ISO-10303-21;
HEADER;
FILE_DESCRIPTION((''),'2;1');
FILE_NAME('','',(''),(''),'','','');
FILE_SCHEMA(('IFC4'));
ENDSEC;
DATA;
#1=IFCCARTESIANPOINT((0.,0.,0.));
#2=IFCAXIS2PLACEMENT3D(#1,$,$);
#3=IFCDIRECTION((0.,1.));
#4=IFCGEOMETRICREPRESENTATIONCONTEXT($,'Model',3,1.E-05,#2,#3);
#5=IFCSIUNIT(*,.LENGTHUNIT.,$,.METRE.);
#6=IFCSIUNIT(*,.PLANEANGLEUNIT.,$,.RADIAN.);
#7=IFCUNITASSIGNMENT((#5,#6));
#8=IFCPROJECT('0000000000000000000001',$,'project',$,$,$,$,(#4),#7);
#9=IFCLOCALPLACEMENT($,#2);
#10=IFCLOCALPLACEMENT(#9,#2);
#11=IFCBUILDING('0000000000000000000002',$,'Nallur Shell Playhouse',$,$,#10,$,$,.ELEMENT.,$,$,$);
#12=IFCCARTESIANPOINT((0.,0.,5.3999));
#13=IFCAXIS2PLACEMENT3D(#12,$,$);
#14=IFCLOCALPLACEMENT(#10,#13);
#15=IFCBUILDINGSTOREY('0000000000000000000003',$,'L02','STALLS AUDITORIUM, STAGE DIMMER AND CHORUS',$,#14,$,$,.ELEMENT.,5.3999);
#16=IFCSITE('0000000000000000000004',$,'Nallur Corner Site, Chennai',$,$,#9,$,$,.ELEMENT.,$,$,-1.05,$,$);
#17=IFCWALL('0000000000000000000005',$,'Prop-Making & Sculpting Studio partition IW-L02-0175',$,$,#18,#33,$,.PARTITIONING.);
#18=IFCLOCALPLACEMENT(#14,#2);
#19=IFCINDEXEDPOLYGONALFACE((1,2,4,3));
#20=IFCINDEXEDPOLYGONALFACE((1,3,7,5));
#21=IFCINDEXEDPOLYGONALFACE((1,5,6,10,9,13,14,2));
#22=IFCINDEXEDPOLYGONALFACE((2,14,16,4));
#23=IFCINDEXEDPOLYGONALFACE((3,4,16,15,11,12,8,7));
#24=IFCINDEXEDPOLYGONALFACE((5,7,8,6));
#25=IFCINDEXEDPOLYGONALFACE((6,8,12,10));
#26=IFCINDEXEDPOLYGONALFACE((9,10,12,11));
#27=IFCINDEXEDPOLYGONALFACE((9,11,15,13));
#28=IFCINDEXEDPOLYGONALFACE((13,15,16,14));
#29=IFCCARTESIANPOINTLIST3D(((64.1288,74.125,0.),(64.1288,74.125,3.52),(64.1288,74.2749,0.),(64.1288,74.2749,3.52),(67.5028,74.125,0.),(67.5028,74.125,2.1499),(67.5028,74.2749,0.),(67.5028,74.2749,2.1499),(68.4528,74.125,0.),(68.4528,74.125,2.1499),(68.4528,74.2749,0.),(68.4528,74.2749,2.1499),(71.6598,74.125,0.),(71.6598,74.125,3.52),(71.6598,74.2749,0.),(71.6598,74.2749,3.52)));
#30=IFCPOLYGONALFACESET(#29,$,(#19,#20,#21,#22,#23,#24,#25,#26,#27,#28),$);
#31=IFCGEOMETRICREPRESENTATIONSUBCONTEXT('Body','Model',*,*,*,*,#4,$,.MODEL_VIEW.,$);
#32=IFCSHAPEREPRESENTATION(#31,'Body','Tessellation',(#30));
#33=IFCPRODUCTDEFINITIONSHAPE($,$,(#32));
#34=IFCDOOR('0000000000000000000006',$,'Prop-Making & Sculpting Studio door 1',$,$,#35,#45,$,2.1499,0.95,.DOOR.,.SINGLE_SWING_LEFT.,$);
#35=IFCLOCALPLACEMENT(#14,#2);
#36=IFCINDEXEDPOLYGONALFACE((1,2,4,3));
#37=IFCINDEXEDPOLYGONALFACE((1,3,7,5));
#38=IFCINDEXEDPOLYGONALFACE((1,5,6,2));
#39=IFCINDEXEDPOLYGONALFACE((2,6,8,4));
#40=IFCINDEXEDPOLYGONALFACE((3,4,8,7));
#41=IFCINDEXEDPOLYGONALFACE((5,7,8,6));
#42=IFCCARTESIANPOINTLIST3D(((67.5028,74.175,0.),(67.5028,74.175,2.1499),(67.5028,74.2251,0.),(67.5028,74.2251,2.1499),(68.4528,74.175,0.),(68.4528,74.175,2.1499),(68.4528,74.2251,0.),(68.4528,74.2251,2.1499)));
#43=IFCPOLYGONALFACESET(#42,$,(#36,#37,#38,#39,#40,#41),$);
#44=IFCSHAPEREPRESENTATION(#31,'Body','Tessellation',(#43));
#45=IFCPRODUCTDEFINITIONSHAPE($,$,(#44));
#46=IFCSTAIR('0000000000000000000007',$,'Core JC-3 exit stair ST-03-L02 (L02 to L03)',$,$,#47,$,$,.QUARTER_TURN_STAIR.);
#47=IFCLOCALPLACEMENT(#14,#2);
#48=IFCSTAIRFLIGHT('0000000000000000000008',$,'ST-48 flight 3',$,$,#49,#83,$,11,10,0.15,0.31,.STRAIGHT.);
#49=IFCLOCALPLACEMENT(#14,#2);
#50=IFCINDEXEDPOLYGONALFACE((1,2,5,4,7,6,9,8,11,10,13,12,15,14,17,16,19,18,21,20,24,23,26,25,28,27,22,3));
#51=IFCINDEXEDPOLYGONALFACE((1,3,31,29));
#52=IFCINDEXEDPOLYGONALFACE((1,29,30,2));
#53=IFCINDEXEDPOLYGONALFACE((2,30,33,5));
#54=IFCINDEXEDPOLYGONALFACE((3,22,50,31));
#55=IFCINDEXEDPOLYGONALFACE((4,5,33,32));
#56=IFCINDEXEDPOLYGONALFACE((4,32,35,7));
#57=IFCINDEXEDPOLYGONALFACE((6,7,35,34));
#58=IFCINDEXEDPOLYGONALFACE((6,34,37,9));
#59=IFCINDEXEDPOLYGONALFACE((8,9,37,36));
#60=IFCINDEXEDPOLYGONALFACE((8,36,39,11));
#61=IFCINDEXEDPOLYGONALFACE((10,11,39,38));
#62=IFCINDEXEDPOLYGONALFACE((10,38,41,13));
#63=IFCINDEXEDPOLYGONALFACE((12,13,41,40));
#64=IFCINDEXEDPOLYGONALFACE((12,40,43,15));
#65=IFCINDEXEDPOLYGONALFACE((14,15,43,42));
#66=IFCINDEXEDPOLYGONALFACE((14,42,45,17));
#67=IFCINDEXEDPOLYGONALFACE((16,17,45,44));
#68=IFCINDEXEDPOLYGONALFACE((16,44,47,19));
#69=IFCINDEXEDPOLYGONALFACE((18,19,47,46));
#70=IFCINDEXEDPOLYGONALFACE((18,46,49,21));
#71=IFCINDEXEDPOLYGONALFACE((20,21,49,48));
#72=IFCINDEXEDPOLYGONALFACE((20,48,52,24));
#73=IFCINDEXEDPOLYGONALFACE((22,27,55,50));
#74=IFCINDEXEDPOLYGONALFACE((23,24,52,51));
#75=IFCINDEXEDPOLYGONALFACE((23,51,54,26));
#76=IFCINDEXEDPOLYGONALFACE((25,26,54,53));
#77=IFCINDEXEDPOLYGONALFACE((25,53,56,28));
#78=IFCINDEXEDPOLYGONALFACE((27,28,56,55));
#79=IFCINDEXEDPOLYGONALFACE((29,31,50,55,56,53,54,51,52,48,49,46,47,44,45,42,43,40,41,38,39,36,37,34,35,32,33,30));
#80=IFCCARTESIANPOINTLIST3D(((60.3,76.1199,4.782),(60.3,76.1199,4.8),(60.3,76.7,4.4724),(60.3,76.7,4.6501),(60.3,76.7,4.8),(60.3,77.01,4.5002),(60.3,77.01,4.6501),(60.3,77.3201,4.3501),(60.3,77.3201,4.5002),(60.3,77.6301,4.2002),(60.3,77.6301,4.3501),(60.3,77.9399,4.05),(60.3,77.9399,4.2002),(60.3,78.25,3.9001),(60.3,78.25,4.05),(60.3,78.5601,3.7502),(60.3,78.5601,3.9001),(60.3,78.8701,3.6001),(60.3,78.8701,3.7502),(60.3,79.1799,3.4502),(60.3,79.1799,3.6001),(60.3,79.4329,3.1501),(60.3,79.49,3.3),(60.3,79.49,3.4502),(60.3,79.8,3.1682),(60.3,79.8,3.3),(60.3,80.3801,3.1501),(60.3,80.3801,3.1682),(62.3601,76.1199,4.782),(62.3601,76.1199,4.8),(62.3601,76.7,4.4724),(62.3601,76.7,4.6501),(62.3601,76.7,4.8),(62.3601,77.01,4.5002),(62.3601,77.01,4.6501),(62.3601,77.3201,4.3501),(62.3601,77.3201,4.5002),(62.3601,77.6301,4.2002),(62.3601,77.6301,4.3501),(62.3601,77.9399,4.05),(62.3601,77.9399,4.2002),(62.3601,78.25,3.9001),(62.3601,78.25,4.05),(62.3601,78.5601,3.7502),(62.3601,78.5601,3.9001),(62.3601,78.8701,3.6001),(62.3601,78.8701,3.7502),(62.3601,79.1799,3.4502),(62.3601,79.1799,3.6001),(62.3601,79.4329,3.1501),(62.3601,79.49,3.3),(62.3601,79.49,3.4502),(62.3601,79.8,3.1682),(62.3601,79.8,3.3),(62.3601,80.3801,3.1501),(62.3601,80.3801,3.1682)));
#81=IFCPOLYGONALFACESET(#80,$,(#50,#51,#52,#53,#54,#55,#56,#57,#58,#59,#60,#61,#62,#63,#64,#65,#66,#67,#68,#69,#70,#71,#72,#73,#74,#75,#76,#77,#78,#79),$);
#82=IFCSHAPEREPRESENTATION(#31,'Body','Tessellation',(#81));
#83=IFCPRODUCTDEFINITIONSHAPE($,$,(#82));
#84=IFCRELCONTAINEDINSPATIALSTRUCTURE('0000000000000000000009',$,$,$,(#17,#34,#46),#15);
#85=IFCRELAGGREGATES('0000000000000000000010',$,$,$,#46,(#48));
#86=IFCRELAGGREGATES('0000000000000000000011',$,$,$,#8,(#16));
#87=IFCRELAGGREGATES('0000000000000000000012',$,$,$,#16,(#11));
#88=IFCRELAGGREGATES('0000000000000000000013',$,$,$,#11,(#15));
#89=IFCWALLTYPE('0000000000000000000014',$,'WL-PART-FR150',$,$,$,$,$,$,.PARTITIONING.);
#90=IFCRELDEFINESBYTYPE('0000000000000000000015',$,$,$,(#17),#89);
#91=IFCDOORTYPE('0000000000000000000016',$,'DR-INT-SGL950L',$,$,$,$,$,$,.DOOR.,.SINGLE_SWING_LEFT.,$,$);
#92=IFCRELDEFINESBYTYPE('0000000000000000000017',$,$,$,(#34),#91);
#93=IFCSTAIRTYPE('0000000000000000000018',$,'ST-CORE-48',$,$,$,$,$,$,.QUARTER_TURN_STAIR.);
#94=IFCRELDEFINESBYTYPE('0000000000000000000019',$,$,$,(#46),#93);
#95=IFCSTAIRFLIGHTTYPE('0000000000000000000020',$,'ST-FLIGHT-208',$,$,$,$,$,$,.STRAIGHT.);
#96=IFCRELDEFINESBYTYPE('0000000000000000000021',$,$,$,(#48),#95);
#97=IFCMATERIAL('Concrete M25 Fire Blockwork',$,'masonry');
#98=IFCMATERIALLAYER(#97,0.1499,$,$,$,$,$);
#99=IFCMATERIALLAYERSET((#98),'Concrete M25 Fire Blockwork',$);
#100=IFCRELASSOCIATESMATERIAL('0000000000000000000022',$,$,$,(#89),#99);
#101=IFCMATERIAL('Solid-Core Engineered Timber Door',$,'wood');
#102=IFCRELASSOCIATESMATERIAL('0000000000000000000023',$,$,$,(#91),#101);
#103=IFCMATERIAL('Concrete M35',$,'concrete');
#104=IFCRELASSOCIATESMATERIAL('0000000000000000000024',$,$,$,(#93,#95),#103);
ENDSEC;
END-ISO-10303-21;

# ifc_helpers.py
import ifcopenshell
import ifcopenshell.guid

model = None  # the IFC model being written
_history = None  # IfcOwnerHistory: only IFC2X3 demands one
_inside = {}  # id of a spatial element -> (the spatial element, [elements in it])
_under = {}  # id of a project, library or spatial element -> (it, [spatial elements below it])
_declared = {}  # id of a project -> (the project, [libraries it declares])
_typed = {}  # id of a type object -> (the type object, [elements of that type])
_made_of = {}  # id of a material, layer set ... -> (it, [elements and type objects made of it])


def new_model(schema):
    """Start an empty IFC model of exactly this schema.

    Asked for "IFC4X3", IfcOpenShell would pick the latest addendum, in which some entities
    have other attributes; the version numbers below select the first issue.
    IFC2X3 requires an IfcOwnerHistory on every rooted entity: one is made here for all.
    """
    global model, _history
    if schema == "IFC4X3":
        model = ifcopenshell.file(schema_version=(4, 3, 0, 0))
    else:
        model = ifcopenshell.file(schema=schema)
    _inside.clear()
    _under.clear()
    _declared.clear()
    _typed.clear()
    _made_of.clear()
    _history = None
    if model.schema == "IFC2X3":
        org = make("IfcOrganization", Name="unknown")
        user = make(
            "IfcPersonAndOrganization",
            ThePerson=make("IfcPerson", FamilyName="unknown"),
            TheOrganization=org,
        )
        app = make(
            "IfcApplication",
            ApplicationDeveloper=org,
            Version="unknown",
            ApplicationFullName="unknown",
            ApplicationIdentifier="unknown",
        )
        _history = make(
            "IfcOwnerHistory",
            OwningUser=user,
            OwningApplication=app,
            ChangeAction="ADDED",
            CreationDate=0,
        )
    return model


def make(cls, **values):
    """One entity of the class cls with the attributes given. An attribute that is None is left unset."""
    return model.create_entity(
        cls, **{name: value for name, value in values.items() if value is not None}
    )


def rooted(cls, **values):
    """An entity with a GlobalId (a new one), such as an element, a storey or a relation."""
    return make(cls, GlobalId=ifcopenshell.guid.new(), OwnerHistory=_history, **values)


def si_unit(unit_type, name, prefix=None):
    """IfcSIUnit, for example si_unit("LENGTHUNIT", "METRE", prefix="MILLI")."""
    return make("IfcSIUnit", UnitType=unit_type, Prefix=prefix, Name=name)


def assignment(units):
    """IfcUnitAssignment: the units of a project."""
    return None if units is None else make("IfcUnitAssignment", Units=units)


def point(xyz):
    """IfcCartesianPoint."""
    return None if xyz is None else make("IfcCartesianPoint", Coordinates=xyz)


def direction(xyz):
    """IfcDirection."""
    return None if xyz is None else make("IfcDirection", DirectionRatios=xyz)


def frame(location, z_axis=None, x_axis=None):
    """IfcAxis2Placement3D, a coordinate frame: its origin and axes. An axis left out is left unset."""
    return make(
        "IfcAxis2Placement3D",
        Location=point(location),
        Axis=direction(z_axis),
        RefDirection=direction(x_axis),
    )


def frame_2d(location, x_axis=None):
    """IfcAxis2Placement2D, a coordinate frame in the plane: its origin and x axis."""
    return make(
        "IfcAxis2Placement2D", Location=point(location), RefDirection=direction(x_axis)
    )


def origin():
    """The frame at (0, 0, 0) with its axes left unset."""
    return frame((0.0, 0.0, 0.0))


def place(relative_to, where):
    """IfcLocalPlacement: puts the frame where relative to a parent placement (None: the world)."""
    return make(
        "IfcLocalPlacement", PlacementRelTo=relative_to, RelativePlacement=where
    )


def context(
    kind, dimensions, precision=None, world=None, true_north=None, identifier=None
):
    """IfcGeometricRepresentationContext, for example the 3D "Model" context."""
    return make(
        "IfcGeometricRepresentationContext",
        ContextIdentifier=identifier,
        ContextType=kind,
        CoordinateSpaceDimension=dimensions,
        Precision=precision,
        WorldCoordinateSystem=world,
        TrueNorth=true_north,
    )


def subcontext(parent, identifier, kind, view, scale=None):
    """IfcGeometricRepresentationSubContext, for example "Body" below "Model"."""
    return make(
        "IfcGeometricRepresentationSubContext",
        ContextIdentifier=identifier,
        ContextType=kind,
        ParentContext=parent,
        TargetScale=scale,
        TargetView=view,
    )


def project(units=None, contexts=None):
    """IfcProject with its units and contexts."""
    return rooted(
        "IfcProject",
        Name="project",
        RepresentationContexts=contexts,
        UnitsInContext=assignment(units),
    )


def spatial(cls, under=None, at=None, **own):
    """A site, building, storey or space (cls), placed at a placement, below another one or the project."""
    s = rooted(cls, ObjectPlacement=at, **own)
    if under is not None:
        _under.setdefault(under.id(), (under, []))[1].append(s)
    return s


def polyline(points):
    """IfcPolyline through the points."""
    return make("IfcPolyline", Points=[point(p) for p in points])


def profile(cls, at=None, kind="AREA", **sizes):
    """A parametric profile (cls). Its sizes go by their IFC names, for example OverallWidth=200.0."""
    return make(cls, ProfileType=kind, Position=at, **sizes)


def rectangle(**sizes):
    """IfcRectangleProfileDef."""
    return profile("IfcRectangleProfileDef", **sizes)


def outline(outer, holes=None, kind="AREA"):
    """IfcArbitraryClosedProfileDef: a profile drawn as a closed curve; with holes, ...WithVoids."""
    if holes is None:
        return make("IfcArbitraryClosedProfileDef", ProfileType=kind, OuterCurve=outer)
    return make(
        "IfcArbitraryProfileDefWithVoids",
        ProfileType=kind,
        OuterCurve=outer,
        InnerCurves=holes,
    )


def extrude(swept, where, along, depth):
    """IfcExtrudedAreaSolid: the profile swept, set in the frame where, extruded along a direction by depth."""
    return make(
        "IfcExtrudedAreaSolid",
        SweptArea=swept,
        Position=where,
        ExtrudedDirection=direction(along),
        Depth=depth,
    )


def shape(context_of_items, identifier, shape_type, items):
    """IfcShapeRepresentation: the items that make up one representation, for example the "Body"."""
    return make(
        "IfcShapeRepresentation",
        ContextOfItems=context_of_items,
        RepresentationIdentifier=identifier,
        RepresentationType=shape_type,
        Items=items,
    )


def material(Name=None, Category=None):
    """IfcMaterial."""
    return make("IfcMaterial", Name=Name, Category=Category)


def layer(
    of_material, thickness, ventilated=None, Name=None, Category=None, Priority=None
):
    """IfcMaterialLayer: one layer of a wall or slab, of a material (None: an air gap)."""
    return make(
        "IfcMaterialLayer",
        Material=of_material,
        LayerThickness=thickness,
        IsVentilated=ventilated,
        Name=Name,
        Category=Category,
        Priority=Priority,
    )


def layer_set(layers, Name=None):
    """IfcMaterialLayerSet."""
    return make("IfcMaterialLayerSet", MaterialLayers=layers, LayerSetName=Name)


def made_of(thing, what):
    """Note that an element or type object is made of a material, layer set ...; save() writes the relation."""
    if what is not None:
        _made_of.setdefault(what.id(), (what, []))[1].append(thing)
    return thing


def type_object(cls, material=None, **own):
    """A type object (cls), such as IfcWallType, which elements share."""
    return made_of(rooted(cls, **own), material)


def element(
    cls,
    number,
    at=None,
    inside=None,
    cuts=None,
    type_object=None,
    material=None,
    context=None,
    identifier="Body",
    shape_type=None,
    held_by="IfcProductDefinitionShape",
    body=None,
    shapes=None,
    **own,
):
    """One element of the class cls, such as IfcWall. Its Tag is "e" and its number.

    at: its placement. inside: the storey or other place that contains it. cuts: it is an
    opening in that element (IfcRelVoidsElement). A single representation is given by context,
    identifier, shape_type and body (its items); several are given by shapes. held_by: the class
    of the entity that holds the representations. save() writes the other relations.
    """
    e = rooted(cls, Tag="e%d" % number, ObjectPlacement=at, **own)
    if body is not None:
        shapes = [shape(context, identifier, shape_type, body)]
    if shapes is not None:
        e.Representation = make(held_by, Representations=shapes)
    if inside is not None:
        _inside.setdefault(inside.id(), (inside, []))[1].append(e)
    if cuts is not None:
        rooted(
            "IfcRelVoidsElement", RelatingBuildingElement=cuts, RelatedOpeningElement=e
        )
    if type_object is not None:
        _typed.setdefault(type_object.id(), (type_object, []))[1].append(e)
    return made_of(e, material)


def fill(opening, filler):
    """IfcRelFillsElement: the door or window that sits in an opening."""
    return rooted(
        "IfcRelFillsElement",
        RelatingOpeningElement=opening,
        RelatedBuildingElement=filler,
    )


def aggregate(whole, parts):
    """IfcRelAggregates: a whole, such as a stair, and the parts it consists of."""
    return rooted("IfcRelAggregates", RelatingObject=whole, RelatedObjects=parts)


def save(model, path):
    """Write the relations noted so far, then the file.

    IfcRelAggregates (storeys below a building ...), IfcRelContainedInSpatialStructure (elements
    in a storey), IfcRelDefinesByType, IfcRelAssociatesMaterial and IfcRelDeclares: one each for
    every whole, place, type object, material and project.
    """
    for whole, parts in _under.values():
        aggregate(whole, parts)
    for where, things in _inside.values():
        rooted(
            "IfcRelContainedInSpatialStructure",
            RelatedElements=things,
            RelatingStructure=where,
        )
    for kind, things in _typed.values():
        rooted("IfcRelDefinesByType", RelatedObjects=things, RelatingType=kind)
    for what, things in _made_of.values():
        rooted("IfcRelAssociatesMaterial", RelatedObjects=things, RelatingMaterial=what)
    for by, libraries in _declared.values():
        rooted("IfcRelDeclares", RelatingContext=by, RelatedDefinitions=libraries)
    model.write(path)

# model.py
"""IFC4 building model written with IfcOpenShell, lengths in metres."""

from ifc_helpers import new_model, si_unit, direction, frame, frame_2d, origin, place, context, subcontext, project, spatial, polyline, rectangle, outline, extrude, material, layer, layer_set, type_object, element, fill, aggregate, save


model = new_model("IFC4")

# Units and contexts
model_context = context("Model", 3, precision=1e-05, world=origin(), true_north=direction((0.0, 1.0)))
body_context = subcontext(model_context, "Body", "Model", "MODEL_VIEW")
ifc_project = project(units=[si_unit("LENGTHUNIT", "METRE"), si_unit("PLANEANGLEUNIT", "RADIAN")], contexts=[model_context])

# Site, building, storey
site_placement = place(None, origin())
site = spatial("IfcSite", under=ifc_project, at=site_placement, Name="Nallur Corner Site, Chennai", CompositionType="ELEMENT", RefElevation=-1.05)
building_placement = place(site_placement, origin())
building = spatial("IfcBuilding", under=site, at=building_placement, Name="Nallur Shell Playhouse", CompositionType="ELEMENT")
storey_placement = place(building_placement, frame((0.0, 0.0, 5.3999)))
storey = spatial("IfcBuildingStorey", under=building, at=storey_placement, Name="L02", Description="STALLS AUDITORIUM, STAGE DIMMER AND CHORUS", CompositionType="ELEMENT", Elevation=5.3999)

# Shared definitions
ifc_material_1 = material(Name="Concrete M35", Category="concrete")

# Shared definitions
ifc_material_2 = material(Name="Concrete M25 Fire Blockwork", Category="masonry")
ifc_layer_1 = layer(ifc_material_2, 0.1499)
ifc_layer_set_1 = layer_set([ifc_layer_1], Name="Concrete M25 Fire Blockwork")
wall_type_1 = type_object("IfcWallType", Name="WL-PART-FR150", PredefinedType="PARTITIONING", material=ifc_layer_set_1)

# Wall, opening, door
wall_1_placement = place(storey_placement, frame((71.6599, 74.2, 0.0), z_axis=(0.0, 0.0, 1.0), x_axis=(-1.0, 0.0, 0.0)))
wall_1 = element("IfcWall", 1, at=wall_1_placement, inside=storey, type_object=wall_type_1, Name="Prop-Making & Sculpting Studio partition IW-L02-0175", PredefinedType="PARTITIONING", context=body_context, shape_type="SweptSolid", body=[
    extrude(rectangle(XDim=7.531, YDim=0.1499, at=frame_2d((3.7656, 0.0))), origin(), (0.0, 0.0, 1.0), 3.52),
])
opening_placement = place(wall_1_placement, frame((3.207, 0.0, 0.0)))
opening = element("IfcOpeningElement", 2, at=opening_placement, cuts=wall_1, PredefinedType="OPENING", context=body_context, shape_type="SweptSolid", body=[
    extrude(rectangle(XDim=0.95, YDim=2.1499, at=frame_2d((0.4751, 1.075))), frame((0.0, 0.085, 0.0), z_axis=(0.0, -1.0, 0.0), x_axis=(1.0, 0.0, 0.0)), (0.0, 0.0, 1.0), 0.1699),
])
ifc_material_3 = material(Name="Solid-Core Engineered Timber Door", Category="wood")
door_type = type_object("IfcDoorType", Name="DR-INT-SGL950L", OperationType="SINGLE_SWING_LEFT", PredefinedType="DOOR", material=ifc_material_3)
door_placement = place(opening_placement, origin())
door = element("IfcDoor", 3, at=door_placement, inside=storey, type_object=door_type, Name="Prop-Making & Sculpting Studio door 1", OperationType="SINGLE_SWING_LEFT", OverallHeight=2.1499, OverallWidth=0.95, PredefinedType="DOOR", context=body_context, shape_type="SweptSolid", body=[
    extrude(rectangle(XDim=0.95, YDim=2.1499, at=frame_2d((0.4751, 1.075))), frame((0.0, 0.0249, 0.0), z_axis=(0.0, -1.0, 0.0), x_axis=(1.0, 0.0, 0.0)), (0.0, 0.0, 1.0), 0.05),
])
fill(opening, door)

# Stair, stair flight
stair_type = type_object("IfcStairType", Name="ST-CORE-48", PredefinedType="QUARTER_TURN_STAIR", material=ifc_material_1)
stair_placement = place(storey_placement, origin())
stair = element("IfcStair", 4, at=stair_placement, inside=storey, type_object=stair_type, Name="Core JC-3 exit stair ST-03-L02 (L02 to L03)", PredefinedType="QUARTER_TURN_STAIR")
stair_flight_type = type_object("IfcStairFlightType", Name="ST-FLIGHT-208", PredefinedType="STRAIGHT", material=ifc_material_1)
stair_flight_placement = place(storey_placement, frame((61.3301, 79.8, 3.1501), z_axis=(0.0, 0.0, 1.0), x_axis=(0.0, -1.0, 0.0)))
stair_flight = element("IfcStairFlight", 5, at=stair_flight_placement, type_object=stair_flight_type, Name="ST-48 flight 3", NumberOfRisers=11, NumberOfTreads=10, PredefinedType="STRAIGHT", RiserHeight=0.15, TreadLength=0.31, context=body_context, shape_type="SweptSolid", body=[
    extrude(outline(polyline([(-0.5801, 0.0), (-0.5801, 0.0181), (0.0, 0.0181), (0.0, 0.1499), (0.3101, 0.1499), (0.3101, 0.3), (0.6201, 0.3), (0.6201, 0.45), (0.9299, 0.45), (0.9299, 0.6001), (1.24, 0.6001), (1.24, 0.75), (1.55, 0.75), (1.55, 0.8999), (1.8601, 0.8999), (1.8601, 1.05), (2.1699, 1.05), (2.1699, 1.2), (2.48, 1.2), (2.48, 1.3501), (2.79, 1.3501), (2.79, 1.5), (3.1001, 1.5), (3.1001, 1.6499), (3.6802, 1.6499), (3.6802, 1.6318), (3.1001, 1.3223), (0.3672, 0.0), (-0.5801, 0.0)])), frame((0.0, 1.03, 0.0), z_axis=(0.0, -1.0, 0.0), x_axis=(1.0, 0.0, 0.0)), (0.0, 0.0, 1.0), 2.0601),
])
aggregate(stair, [stair_flight])

save(model, "model.ifc")
